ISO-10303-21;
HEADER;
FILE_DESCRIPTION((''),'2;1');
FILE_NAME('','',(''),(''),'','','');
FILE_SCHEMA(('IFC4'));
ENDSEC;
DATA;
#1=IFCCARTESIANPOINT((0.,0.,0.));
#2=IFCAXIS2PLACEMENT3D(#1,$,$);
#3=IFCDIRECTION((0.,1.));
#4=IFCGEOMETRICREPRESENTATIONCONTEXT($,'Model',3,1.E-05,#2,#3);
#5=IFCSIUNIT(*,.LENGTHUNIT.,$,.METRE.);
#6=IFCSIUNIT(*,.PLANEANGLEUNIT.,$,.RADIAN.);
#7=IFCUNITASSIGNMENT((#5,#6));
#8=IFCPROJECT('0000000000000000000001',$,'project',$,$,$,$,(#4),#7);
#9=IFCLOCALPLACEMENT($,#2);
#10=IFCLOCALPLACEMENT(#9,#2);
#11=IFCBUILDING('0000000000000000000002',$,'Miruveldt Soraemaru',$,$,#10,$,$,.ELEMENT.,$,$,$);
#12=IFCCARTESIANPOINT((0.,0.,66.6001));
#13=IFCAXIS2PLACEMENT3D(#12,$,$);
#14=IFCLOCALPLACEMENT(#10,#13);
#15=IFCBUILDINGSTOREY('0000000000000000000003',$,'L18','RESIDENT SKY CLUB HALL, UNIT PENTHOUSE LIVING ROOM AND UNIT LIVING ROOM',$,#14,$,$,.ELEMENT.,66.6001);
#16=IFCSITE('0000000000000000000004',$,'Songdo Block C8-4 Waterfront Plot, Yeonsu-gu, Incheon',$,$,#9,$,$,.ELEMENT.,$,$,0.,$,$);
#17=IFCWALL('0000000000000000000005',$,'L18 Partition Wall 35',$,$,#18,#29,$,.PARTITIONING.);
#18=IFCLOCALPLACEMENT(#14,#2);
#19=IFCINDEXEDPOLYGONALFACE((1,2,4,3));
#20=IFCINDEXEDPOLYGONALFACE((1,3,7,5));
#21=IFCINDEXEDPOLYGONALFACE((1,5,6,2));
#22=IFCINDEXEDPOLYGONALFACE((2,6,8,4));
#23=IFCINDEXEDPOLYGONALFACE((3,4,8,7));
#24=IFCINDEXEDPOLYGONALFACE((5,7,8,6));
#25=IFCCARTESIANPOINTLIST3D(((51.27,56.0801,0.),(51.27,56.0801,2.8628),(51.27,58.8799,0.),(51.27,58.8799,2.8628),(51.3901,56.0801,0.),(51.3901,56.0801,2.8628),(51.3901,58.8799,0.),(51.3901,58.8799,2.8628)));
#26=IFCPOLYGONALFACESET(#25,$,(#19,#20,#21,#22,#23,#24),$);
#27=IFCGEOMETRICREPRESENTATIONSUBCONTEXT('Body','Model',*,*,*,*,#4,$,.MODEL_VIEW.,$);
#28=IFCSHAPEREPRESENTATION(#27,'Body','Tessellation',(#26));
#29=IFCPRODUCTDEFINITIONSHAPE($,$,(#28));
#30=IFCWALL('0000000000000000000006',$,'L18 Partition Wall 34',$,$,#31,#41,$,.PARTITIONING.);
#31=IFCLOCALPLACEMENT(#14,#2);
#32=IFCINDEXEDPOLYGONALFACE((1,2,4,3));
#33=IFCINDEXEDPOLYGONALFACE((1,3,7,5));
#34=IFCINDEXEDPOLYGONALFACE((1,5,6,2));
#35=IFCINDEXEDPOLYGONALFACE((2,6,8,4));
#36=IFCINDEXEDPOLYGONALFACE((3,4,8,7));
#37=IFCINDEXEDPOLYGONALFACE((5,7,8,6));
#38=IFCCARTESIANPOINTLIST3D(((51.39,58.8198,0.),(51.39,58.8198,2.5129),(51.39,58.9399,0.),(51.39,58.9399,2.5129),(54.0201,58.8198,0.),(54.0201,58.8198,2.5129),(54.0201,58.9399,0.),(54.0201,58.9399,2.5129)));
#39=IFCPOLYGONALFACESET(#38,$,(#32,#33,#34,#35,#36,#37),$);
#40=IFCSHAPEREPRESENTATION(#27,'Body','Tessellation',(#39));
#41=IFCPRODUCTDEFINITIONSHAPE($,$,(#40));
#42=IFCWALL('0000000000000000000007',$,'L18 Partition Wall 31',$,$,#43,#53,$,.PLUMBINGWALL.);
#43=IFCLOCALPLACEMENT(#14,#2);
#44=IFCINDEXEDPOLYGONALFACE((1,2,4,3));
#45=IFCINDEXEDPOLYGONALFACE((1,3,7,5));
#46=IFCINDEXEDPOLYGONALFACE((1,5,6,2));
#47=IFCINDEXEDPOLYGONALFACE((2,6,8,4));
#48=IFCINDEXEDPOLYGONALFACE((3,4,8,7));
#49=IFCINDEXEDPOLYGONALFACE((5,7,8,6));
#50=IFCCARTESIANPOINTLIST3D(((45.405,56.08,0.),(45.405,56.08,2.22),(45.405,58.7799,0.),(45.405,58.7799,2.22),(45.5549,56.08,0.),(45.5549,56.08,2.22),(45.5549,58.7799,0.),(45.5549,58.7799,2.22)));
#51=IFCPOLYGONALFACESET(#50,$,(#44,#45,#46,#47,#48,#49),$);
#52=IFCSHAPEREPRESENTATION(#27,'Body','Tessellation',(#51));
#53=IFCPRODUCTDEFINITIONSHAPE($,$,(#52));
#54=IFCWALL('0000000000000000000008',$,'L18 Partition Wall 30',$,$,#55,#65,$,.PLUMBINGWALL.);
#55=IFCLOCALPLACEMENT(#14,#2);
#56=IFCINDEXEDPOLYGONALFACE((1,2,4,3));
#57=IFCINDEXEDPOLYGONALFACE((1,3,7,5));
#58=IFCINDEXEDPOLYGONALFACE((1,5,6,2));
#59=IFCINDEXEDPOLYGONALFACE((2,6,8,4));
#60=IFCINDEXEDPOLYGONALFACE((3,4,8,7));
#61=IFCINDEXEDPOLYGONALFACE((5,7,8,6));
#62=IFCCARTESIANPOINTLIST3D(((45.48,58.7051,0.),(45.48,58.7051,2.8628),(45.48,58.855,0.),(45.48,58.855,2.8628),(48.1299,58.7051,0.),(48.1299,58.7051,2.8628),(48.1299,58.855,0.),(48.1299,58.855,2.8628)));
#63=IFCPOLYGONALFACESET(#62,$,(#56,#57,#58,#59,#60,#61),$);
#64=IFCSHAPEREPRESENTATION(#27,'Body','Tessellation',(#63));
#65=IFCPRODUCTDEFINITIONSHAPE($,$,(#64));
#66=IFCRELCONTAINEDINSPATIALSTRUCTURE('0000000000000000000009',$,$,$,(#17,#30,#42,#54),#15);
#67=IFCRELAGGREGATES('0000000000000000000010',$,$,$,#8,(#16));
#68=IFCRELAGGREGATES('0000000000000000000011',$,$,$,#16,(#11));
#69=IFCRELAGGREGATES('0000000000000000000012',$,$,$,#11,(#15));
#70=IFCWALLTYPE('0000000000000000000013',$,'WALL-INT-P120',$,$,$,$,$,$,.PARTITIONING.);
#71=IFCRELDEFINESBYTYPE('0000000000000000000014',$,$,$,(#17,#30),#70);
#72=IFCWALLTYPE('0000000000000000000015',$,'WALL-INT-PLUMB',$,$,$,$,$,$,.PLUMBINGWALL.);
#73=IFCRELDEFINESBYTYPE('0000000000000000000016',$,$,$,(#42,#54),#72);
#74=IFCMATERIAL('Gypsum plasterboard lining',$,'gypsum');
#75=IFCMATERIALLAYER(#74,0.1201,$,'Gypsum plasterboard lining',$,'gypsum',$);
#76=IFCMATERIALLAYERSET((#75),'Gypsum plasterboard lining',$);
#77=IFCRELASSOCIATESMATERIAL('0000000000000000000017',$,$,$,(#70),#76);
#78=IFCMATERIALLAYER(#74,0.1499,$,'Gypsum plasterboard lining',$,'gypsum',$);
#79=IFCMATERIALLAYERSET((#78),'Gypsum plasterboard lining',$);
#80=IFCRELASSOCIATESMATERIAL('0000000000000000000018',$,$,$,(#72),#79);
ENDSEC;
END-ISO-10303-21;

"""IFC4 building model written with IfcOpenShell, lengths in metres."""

from ifc_helpers import new_model, si_unit, direction, frame, frame_2d, origin, place, context, subcontext, project, spatial, rectangle, extrude, material, layer, layer_set, type_object, element, save


model = new_model("IFC4")

# Units and contexts
model_context = context("Model", 3, precision=1e-05, world=origin(), true_north=direction((0.0, 1.0)))
body_context = subcontext(model_context, "Body", "Model", "MODEL_VIEW")
ifc_project = project(units=[si_unit("LENGTHUNIT", "METRE"), si_unit("PLANEANGLEUNIT", "RADIAN")], contexts=[model_context])

# Site, building, storey
site_placement = place(None, origin())
site = spatial("IfcSite", under=ifc_project, at=site_placement, Name="Songdo Block C8-4 Waterfront Plot, Yeonsu-gu, Incheon", CompositionType="ELEMENT", RefElevation=0.0)
building_placement = place(site_placement, origin())
building = spatial("IfcBuilding", under=site, at=building_placement, Name="Miruveldt Soraemaru", CompositionType="ELEMENT")
storey_placement = place(building_placement, frame((0.0, 0.0, 66.6001)))
storey = spatial("IfcBuildingStorey", under=building, at=storey_placement, Name="L18", Description="RESIDENT SKY CLUB HALL, UNIT PENTHOUSE LIVING ROOM AND UNIT LIVING ROOM", CompositionType="ELEMENT", Elevation=66.6001)

# Shared definitions
ifc_material_1 = material(Name="Gypsum plasterboard lining", Category="gypsum")
ifc_layer_1 = layer(ifc_material_1, 0.1201, Name="Gypsum plasterboard lining", Category="gypsum")
ifc_layer_set_1 = layer_set([ifc_layer_1], Name="Gypsum plasterboard lining")
wall_type_1 = type_object("IfcWallType", Name="WALL-INT-P120", PredefinedType="PARTITIONING", material=ifc_layer_set_1)

# Walls
wall_1_placement = place(storey_placement, frame((51.3301, 58.8799, 0.0), z_axis=(0.0, 0.0, 1.0), x_axis=(0.0, -1.0, 0.0)))
element("IfcWall", 1, at=wall_1_placement, inside=storey, type_object=wall_type_1, Name="L18 Partition Wall 35", PredefinedType="PARTITIONING", context=body_context, shape_type="SweptSolid", body=[
    extrude(rectangle(XDim=2.7998, YDim=0.1201, at=frame_2d((1.3999, 0.0))), origin(), (0.0, 0.0, 1.0), 2.8628),
])
wall_2_placement = place(storey_placement, frame((54.02, 58.8799, 0.0), z_axis=(0.0, 0.0, 1.0), x_axis=(-1.0, 0.0, 0.0)))
element("IfcWall", 2, at=wall_2_placement, inside=storey, type_object=wall_type_1, Name="L18 Partition Wall 34", PredefinedType="PARTITIONING", context=body_context, shape_type="SweptSolid", body=[
    extrude(rectangle(XDim=2.6301, YDim=0.1201, at=frame_2d((1.3149, 0.0))), origin(), (0.0, 0.0, 1.0), 2.5129),
])
ifc_layer_2 = layer(ifc_material_1, 0.1499, Name="Gypsum plasterboard lining", Category="gypsum")
ifc_layer_set_2 = layer_set([ifc_layer_2], Name="Gypsum plasterboard lining")
wall_type_2 = type_object("IfcWallType", Name="WALL-INT-PLUMB", PredefinedType="PLUMBINGWALL", material=ifc_layer_set_2)
wall_3_placement = place(storey_placement, frame((45.48, 58.78, 0.0), z_axis=(0.0, 0.0, 1.0), x_axis=(0.0, -1.0, 0.0)))
element("IfcWall", 3, at=wall_3_placement, inside=storey, type_object=wall_type_2, Name="L18 Partition Wall 31", PredefinedType="PLUMBINGWALL", context=body_context, shape_type="SweptSolid", body=[
    extrude(rectangle(XDim=2.7, YDim=0.1499, at=frame_2d((1.3501, 0.0))), origin(), (0.0, 0.0, 1.0), 2.22),
])
wall_4_placement = place(storey_placement, frame((48.1299, 58.78, 0.0), z_axis=(0.0, 0.0, 1.0), x_axis=(-1.0, 0.0, 0.0)))
element("IfcWall", 4, at=wall_4_placement, inside=storey, type_object=wall_type_2, Name="L18 Partition Wall 30", PredefinedType="PLUMBINGWALL", context=body_context, shape_type="SweptSolid", body=[
    extrude(rectangle(XDim=2.6499, YDim=0.1499, at=frame_2d((1.325, 0.0))), origin(), (0.0, 0.0, 1.0), 2.8628),
])

save(model, "model.ifc")
